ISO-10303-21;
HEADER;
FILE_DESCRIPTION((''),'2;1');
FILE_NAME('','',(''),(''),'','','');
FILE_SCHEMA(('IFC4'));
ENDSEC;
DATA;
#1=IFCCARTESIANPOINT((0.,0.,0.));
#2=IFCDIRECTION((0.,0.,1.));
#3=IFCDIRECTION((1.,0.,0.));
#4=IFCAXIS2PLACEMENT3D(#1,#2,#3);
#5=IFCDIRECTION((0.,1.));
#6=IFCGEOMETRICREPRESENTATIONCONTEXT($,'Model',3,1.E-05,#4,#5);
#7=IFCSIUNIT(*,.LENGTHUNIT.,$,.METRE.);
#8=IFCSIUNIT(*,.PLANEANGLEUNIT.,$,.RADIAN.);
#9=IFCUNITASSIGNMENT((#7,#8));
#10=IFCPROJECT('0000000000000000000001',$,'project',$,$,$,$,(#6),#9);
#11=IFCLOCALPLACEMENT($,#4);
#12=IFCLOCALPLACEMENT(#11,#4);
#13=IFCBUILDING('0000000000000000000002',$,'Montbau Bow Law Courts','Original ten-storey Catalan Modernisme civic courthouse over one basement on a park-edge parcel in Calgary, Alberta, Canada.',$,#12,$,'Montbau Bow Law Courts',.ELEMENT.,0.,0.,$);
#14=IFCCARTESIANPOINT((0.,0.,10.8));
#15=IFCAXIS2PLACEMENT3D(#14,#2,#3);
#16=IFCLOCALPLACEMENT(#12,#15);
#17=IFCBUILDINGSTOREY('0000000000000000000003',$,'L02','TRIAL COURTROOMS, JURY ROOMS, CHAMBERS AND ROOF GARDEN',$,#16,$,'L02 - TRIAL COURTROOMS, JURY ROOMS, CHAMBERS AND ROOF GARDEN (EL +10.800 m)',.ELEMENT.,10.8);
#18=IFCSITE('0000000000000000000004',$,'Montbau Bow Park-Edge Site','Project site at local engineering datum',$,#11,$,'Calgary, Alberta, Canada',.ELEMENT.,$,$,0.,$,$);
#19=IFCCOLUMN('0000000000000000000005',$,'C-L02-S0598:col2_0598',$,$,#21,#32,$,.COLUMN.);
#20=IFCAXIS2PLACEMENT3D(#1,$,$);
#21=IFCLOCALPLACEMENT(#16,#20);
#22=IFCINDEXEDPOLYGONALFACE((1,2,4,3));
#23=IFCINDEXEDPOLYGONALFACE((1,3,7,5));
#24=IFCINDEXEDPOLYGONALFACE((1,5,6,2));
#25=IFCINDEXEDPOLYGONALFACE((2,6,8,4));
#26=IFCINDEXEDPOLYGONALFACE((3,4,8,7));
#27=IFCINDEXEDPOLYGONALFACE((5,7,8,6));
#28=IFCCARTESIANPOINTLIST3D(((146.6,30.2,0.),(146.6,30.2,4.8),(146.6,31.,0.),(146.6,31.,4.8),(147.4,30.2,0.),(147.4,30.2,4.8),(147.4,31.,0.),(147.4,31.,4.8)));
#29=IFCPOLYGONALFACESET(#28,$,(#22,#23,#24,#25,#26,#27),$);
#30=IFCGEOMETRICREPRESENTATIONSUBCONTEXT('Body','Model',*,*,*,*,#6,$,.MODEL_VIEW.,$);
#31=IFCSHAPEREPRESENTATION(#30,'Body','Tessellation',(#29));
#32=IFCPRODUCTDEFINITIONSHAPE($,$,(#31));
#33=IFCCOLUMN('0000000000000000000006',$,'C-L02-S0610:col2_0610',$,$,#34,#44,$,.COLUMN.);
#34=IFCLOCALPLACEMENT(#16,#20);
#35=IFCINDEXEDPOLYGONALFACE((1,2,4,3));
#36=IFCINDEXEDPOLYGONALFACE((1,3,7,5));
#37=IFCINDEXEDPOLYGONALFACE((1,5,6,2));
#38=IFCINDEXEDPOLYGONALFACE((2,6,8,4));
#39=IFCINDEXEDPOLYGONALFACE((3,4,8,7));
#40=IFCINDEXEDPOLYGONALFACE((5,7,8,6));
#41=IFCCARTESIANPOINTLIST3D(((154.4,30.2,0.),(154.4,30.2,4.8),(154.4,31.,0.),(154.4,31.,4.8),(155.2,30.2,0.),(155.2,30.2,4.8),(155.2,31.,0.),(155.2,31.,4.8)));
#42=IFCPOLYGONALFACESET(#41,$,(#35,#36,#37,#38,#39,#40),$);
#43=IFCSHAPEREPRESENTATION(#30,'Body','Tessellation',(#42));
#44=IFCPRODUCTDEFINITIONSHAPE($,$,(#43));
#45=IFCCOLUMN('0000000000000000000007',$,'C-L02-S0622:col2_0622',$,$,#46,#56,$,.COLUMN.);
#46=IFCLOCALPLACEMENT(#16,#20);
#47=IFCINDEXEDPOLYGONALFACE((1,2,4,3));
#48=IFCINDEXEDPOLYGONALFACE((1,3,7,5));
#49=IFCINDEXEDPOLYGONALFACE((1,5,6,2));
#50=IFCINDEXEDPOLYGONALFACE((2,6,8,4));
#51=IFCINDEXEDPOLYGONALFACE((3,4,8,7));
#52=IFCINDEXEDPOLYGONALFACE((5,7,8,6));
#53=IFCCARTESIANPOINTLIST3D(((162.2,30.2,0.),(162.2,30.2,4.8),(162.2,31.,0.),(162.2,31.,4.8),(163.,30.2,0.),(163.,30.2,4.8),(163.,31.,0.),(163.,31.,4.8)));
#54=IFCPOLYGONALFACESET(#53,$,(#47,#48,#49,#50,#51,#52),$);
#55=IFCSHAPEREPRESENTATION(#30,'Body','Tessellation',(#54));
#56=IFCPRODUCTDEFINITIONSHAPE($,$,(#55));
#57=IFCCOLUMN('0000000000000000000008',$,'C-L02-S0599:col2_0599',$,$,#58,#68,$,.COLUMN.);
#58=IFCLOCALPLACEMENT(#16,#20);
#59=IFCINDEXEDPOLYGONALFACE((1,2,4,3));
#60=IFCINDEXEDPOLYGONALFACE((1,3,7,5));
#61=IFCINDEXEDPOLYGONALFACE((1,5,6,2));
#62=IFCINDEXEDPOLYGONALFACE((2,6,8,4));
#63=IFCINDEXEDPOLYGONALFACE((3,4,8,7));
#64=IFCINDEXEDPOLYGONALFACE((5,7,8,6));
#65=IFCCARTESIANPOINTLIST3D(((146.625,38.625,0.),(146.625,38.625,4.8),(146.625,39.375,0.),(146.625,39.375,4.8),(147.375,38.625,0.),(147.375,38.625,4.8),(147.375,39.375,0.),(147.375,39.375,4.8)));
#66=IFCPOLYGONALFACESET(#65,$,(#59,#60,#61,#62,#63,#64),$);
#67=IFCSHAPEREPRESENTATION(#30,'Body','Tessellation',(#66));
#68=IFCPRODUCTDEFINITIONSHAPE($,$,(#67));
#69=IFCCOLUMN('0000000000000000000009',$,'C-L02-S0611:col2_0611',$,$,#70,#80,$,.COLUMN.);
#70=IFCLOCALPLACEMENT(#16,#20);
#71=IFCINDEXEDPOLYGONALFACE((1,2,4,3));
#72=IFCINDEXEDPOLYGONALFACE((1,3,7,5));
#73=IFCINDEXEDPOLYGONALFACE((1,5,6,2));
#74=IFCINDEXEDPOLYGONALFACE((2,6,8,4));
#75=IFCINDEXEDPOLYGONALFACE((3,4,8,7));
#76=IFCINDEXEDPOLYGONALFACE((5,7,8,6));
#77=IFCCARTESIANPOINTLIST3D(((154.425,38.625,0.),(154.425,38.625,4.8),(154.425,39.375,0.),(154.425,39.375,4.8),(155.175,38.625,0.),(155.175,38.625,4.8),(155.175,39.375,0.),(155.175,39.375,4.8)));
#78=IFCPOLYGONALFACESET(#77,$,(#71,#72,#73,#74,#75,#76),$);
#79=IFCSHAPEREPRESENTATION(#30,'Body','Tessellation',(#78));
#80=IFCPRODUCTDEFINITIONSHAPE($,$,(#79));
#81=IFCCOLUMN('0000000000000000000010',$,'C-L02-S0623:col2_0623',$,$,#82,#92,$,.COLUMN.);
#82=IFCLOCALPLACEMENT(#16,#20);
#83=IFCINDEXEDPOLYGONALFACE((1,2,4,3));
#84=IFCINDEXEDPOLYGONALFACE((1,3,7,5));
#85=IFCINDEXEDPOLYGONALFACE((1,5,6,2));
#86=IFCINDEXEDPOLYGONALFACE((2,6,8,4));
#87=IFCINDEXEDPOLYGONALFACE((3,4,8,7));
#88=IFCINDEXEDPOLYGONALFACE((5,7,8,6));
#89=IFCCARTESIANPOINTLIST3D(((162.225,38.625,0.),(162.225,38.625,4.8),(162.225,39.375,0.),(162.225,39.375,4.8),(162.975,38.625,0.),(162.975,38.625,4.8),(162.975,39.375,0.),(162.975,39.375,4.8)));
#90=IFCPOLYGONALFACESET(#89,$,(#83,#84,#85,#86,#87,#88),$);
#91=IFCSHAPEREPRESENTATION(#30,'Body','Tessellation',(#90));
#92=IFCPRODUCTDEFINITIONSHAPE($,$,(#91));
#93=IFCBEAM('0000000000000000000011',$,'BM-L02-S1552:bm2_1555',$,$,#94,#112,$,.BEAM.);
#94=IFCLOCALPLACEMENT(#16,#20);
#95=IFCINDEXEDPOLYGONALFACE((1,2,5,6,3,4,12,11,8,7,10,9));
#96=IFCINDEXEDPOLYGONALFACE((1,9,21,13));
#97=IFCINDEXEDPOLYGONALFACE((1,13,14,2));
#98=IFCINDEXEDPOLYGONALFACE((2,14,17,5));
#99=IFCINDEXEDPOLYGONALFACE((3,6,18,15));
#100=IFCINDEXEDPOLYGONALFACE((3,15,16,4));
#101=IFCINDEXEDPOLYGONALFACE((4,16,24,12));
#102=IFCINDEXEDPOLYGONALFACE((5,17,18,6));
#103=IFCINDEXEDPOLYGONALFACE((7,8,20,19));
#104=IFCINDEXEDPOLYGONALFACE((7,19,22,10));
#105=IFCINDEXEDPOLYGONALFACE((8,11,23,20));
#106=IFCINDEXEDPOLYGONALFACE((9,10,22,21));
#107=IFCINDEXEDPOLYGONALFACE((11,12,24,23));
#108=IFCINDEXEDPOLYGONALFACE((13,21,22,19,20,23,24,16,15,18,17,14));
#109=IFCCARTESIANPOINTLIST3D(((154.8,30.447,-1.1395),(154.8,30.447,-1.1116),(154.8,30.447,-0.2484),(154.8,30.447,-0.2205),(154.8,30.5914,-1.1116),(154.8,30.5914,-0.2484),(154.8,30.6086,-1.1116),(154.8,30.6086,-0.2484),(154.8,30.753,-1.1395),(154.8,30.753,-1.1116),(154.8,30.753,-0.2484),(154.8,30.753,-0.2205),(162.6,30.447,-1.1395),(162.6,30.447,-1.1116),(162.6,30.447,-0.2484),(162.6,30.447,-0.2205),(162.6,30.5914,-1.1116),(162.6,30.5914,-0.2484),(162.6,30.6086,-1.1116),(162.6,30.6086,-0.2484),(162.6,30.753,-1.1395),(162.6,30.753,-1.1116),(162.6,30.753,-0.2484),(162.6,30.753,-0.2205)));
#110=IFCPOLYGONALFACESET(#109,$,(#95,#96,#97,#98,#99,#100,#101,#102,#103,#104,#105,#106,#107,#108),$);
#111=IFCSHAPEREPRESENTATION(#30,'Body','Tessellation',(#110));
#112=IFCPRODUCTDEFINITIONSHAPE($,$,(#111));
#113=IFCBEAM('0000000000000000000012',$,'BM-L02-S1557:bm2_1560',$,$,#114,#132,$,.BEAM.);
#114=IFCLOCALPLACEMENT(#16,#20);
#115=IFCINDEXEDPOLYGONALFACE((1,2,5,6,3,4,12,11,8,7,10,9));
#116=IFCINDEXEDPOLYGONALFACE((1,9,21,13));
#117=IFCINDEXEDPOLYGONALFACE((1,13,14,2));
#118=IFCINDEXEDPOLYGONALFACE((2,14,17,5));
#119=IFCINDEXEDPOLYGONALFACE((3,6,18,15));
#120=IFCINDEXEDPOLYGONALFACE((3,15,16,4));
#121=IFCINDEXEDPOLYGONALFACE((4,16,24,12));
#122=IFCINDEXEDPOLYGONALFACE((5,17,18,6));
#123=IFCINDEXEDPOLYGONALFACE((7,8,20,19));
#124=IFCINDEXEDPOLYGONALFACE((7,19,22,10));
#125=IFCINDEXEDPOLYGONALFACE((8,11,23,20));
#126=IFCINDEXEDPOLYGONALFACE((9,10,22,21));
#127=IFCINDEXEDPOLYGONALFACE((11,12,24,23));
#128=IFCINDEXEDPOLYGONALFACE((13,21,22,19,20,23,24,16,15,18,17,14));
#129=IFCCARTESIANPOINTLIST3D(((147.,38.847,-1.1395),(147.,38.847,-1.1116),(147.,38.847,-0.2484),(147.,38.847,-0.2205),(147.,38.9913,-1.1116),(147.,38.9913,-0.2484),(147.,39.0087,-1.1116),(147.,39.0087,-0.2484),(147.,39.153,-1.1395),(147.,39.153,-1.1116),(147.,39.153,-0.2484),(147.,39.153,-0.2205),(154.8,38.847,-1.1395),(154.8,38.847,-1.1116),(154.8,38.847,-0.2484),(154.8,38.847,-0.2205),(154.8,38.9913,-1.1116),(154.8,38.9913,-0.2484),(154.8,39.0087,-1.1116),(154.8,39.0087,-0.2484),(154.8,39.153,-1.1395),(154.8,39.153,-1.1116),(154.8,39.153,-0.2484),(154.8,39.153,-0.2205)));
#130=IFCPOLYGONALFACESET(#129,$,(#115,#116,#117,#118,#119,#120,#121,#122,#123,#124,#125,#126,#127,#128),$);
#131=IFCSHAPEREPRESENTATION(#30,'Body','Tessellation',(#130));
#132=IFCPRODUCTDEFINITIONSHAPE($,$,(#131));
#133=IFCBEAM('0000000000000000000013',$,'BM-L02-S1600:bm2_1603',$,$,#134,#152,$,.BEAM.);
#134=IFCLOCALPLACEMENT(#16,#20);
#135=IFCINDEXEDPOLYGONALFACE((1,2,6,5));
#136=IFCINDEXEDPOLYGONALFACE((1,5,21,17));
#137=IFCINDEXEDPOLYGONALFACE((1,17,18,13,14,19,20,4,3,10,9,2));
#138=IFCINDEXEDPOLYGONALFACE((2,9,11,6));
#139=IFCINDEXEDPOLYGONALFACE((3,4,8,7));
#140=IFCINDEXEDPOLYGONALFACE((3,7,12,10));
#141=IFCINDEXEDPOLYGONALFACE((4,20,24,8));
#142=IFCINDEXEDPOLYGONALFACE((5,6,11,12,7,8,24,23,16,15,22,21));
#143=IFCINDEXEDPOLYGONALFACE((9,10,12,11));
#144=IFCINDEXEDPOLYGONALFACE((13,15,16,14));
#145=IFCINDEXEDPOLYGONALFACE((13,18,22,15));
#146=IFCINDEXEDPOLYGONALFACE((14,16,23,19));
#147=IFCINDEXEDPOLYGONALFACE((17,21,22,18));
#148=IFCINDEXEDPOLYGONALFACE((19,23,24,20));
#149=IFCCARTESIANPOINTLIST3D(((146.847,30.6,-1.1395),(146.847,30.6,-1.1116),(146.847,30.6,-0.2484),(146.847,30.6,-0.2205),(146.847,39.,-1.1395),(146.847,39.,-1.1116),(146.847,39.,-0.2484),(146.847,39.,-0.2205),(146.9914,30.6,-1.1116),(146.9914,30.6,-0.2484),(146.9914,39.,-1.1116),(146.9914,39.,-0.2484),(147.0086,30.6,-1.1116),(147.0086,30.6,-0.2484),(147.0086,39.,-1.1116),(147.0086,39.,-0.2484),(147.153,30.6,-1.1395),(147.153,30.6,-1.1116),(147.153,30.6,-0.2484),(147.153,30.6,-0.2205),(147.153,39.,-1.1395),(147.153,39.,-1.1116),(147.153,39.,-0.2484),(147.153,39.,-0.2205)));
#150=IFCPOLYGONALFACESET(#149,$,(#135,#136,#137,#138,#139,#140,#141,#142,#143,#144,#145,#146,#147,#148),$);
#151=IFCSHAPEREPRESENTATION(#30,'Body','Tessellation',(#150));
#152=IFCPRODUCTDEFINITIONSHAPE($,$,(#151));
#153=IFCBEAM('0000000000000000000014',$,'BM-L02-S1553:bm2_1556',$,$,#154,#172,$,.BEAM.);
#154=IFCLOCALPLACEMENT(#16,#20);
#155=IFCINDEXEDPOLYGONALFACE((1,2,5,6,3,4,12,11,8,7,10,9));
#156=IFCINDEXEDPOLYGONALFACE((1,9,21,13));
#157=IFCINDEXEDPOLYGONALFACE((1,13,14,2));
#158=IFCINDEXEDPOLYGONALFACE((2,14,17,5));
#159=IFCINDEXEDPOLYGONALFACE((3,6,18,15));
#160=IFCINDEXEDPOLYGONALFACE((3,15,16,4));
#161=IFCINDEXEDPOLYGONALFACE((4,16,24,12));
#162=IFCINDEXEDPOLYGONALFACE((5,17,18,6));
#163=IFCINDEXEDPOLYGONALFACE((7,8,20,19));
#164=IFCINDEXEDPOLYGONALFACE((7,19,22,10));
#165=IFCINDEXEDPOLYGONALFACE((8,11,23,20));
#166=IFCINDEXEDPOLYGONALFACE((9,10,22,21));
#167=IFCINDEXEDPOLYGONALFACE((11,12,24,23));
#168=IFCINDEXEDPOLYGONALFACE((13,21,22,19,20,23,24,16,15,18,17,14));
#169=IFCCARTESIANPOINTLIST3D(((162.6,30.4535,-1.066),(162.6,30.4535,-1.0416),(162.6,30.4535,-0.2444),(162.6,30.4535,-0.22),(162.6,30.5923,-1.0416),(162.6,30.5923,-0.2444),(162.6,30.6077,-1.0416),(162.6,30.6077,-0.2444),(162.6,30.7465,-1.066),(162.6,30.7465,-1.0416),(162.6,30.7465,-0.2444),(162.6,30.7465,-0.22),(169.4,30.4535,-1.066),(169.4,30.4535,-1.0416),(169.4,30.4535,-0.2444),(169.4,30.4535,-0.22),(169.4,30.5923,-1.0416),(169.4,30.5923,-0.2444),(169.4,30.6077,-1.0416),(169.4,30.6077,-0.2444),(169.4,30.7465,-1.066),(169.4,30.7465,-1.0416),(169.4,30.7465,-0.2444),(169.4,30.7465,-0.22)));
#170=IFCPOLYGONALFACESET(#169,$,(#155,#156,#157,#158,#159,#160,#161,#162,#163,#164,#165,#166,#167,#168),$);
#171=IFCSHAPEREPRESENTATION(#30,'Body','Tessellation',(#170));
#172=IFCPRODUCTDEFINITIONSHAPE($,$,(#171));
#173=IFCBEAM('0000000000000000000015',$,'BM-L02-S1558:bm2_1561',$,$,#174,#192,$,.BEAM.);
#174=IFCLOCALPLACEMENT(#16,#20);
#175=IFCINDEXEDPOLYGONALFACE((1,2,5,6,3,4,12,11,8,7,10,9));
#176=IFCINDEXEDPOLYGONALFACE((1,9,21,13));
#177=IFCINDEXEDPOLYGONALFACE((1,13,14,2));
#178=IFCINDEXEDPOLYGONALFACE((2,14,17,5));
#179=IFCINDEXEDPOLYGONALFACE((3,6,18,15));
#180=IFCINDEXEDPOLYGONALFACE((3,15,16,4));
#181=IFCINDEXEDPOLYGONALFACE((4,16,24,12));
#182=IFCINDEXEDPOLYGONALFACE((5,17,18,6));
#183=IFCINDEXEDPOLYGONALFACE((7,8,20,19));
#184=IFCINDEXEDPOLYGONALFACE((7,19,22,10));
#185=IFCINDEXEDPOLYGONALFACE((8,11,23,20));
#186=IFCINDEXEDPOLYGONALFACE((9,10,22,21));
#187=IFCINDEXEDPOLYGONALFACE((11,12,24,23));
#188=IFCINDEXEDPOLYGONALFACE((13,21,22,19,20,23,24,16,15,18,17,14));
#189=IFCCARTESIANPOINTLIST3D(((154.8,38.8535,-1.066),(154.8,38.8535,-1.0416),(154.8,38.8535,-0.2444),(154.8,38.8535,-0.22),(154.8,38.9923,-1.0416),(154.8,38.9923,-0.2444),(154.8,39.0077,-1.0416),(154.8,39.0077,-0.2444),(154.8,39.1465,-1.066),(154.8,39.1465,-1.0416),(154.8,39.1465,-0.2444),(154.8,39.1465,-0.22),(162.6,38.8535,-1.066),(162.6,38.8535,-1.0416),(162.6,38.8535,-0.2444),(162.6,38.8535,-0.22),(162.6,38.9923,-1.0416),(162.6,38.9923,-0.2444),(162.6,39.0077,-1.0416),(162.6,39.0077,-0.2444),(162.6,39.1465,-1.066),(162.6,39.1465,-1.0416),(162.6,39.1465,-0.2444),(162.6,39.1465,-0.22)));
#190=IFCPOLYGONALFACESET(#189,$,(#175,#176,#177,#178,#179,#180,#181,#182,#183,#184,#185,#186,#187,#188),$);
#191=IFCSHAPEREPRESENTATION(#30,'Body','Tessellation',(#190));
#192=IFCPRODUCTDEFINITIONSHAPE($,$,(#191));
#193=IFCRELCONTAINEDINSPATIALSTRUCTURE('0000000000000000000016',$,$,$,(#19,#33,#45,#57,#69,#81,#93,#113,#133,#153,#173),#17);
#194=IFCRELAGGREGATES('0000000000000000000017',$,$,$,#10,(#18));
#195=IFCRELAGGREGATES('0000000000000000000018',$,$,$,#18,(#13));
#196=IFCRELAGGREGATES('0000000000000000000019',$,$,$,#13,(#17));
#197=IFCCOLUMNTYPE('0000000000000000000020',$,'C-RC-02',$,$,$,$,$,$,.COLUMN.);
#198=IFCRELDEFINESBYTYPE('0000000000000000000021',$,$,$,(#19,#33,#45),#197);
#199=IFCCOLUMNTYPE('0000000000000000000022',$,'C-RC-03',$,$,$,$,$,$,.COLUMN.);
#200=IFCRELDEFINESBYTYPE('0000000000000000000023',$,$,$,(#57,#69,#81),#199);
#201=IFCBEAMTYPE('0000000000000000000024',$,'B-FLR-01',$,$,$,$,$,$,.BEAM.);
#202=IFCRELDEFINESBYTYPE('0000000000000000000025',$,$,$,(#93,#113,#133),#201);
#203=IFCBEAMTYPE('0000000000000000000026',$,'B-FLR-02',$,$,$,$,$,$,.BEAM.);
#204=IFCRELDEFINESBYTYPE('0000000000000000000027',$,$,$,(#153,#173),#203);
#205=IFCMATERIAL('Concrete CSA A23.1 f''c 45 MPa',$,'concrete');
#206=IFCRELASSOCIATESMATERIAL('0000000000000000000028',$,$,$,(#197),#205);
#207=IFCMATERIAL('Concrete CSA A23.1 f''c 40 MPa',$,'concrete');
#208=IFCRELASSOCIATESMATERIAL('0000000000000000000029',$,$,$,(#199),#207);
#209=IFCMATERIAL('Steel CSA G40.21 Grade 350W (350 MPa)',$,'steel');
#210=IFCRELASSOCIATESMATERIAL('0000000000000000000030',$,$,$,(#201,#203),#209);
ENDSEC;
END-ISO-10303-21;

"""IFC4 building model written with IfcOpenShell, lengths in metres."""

from ifc_helpers import new_model, si_unit, direction, frame, origin_with_axes, origin_2d_with_axis, place, context, subcontext, project, spatial, rectangle, i_section, extrude, material, material_profile, profile_set, type_object, element, save


model = new_model("IFC4")

# Units and contexts
model_context = context("Model", 3, precision=1e-05, world=origin_with_axes(), true_north=direction((0.0, 1.0)))
body_context = subcontext(model_context, "Body", "Model", "MODEL_VIEW")
ifc_project = project(units=[si_unit("LENGTHUNIT", "METRE"), si_unit("PLANEANGLEUNIT", "RADIAN")], contexts=[model_context])

# Site, building, storey
site_placement = place(None, origin_with_axes())
site = spatial("IfcSite", under=ifc_project, at=site_placement, Name="Montbau Bow Park-Edge Site", Description="Project site at local engineering datum", LongName="Calgary, Alberta, Canada", CompositionType="ELEMENT", RefElevation=0.0)
building_placement = place(site_placement, origin_with_axes())
building = spatial("IfcBuilding", under=site, at=building_placement, Name="Montbau Bow Law Courts", Description="Original ten-storey Catalan Modernisme civic courthouse over one basement on a park-edge parcel in Calgary, Alberta, Canada.", LongName="Montbau Bow Law Courts", CompositionType="ELEMENT", ElevationOfRefHeight=0.0, ElevationOfTerrain=0.0)
storey_placement = place(building_placement, frame((0.0, 0.0, 10.8), z_axis=(0.0, 0.0, 1.0), x_axis=(1.0, 0.0, 0.0)))
storey = spatial("IfcBuildingStorey", under=building, at=storey_placement, Name="L02", Description="TRIAL COURTROOMS, JURY ROOMS, CHAMBERS AND ROOF GARDEN", LongName="L02 - TRIAL COURTROOMS, JURY ROOMS, CHAMBERS AND ROOF GARDEN (EL +10.800 m)", CompositionType="ELEMENT", Elevation=10.8)

# Columns
ifc_material_1 = material(Name="Concrete CSA A23.1 f'c 45 MPa", Category="concrete")
ifc_material_profile_1 = material_profile(ifc_material_1, rectangle(XDim=0.8, YDim=0.8, at=origin_2d_with_axis()), Name="RC800X800", Category="Main", Priority=0)
ifc_profile_set_1 = profile_set([ifc_material_profile_1], Name="Concrete CSA A23.1 f'c 45 MPa")
column_type_1 = type_object("IfcColumnType", Name="C-RC-02", PredefinedType="COLUMN", material=ifc_profile_set_1)
for number, where, z_axis, x_axis, name in (
    (1, (147.0, 30.6, 10.8), (0.0, 0.0, 1.0), (1.0, 0.0, 0.0), "C-L02-S0598:col2_0598"),
    (2, (154.8, 30.6, 10.8), (0.0, 0.0, 1.0), (1.0, 0.0, 0.0), "C-L02-S0610:col2_0610"),
    (3, (162.6, 30.6, 10.8), (0.0, 0.0, 1.0), (1.0, 0.0, 0.0), "C-L02-S0622:col2_0622"),
):
    element("IfcColumn", number, at=place(None, frame(where, z_axis=z_axis, x_axis=x_axis)), inside=storey, type_object=column_type_1, Name=name, PredefinedType="COLUMN", context=body_context, shape_type="SweptSolid", body=[
        extrude(rectangle(XDim=0.8, YDim=0.8, at=origin_2d_with_axis()), origin_with_axes(), (0.0, 0.0, 1.0), 4.8),
    ])
ifc_material_2 = material(Name="Concrete CSA A23.1 f'c 40 MPa", Category="concrete")
ifc_material_profile_2 = material_profile(ifc_material_2, rectangle(XDim=0.75, YDim=0.75, at=origin_2d_with_axis()), Name="RC750X750", Category="Main", Priority=0)
ifc_profile_set_2 = profile_set([ifc_material_profile_2], Name="Concrete CSA A23.1 f'c 40 MPa")
column_type_2 = type_object("IfcColumnType", Name="C-RC-03", PredefinedType="COLUMN", material=ifc_profile_set_2)
for number, where, z_axis, x_axis, name in (
    (4, (147.0, 39.0, 10.8), (0.0, 0.0, 1.0), (1.0, 0.0, 0.0), "C-L02-S0599:col2_0599"),
    (5, (154.8, 39.0, 10.8), (0.0, 0.0, 1.0), (1.0, 0.0, 0.0), "C-L02-S0611:col2_0611"),
    (6, (162.6, 39.0, 10.8), (0.0, 0.0, 1.0), (1.0, 0.0, 0.0), "C-L02-S0623:col2_0623"),
):
    element("IfcColumn", number, at=place(None, frame(where, z_axis=z_axis, x_axis=x_axis)), inside=storey, type_object=column_type_2, Name=name, PredefinedType="COLUMN", context=body_context, shape_type="SweptSolid", body=[
        extrude(rectangle(XDim=0.75, YDim=0.75, at=origin_2d_with_axis()), origin_with_axes(), (0.0, 0.0, 1.0), 4.8),
    ])

# Beams
ifc_material_3 = material(Name="Steel CSA G40.21 Grade 350W (350 MPa)", Category="steel")
ifc_material_profile_3 = material_profile(ifc_material_3, i_section(OverallWidth=0.306, OverallDepth=0.919, WebThickness=0.0173, FlangeThickness=0.0279, at=origin_2d_with_axis()), Name="W920X253", Category="Main", Priority=0)
ifc_profile_set_3 = profile_set([ifc_material_profile_3], Name="Steel CSA G40.21 Grade 350W (350 MPa)")
beam_type_1 = type_object("IfcBeamType", Name="B-FLR-01", PredefinedType="BEAM", material=ifc_profile_set_3)
for number, where, z_axis, x_axis, name in (
    (7, (154.8, 30.6, 10.12), (1.0, 0.0, 0.0), (0.0, 1.0, 0.0), "BM-L02-S1552:bm2_1555"),
    (8, (147.0, 39.0, 10.12), (1.0, 0.0, 0.0), (0.0, 1.0, 0.0), "BM-L02-S1557:bm2_1560"),
):
    element("IfcBeam", number, at=place(None, frame(where, z_axis=z_axis, x_axis=x_axis)), inside=storey, type_object=beam_type_1, Name=name, PredefinedType="BEAM", context=body_context, shape_type="SweptSolid", body=[
        extrude(i_section(OverallWidth=0.306, OverallDepth=0.919, WebThickness=0.0173, FlangeThickness=0.0279, at=origin_2d_with_axis()), origin_with_axes(), (0.0, 0.0, 1.0), 7.8),
    ])
beam_1_placement = place(None, frame((147.0, 30.6, 10.12), z_axis=(0.0, 1.0, 0.0), x_axis=(-1.0, 0.0, 0.0)))
element("IfcBeam", 9, at=beam_1_placement, inside=storey, type_object=beam_type_1, Name="BM-L02-S1600:bm2_1603", PredefinedType="BEAM", context=body_context, shape_type="SweptSolid", body=[
    extrude(i_section(OverallWidth=0.306, OverallDepth=0.919, WebThickness=0.0173, FlangeThickness=0.0279, at=origin_2d_with_axis()), origin_with_axes(), (0.0, 0.0, 1.0), 8.4),
])
ifc_material_profile_4 = material_profile(ifc_material_3, i_section(OverallWidth=0.293, OverallDepth=0.846, WebThickness=0.0154, FlangeThickness=0.0244, at=origin_2d_with_axis()), Name="W840X210", Category="Main", Priority=0)
ifc_profile_set_4 = profile_set([ifc_material_profile_4], Name="Steel CSA G40.21 Grade 350W (350 MPa)")
beam_type_2 = type_object("IfcBeamType", Name="B-FLR-02", PredefinedType="BEAM", material=ifc_profile_set_4)
beam_2_placement = place(None, frame((162.6, 30.6, 10.157), z_axis=(1.0, 0.0, 0.0), x_axis=(0.0, 1.0, 0.0)))
element("IfcBeam", 10, at=beam_2_placement, inside=storey, type_object=beam_type_2, Name="BM-L02-S1553:bm2_1556", PredefinedType="BEAM", context=body_context, shape_type="SweptSolid", body=[
    extrude(i_section(OverallWidth=0.293, OverallDepth=0.846, WebThickness=0.0154, FlangeThickness=0.0244, at=origin_2d_with_axis()), origin_with_axes(), (0.0, 0.0, 1.0), 6.8),
])
beam_3_placement = place(None, frame((154.8, 39.0, 10.157), z_axis=(1.0, 0.0, 0.0), x_axis=(0.0, 1.0, 0.0)))
element("IfcBeam", 11, at=beam_3_placement, inside=storey, type_object=beam_type_2, Name="BM-L02-S1558:bm2_1561", PredefinedType="BEAM", context=body_context, shape_type="SweptSolid", body=[
    extrude(i_section(OverallWidth=0.293, OverallDepth=0.846, WebThickness=0.0154, FlangeThickness=0.0244, at=origin_2d_with_axis()), origin_with_axes(), (0.0, 0.0, 1.0), 7.8),
])

save(model, "model.ifc")
